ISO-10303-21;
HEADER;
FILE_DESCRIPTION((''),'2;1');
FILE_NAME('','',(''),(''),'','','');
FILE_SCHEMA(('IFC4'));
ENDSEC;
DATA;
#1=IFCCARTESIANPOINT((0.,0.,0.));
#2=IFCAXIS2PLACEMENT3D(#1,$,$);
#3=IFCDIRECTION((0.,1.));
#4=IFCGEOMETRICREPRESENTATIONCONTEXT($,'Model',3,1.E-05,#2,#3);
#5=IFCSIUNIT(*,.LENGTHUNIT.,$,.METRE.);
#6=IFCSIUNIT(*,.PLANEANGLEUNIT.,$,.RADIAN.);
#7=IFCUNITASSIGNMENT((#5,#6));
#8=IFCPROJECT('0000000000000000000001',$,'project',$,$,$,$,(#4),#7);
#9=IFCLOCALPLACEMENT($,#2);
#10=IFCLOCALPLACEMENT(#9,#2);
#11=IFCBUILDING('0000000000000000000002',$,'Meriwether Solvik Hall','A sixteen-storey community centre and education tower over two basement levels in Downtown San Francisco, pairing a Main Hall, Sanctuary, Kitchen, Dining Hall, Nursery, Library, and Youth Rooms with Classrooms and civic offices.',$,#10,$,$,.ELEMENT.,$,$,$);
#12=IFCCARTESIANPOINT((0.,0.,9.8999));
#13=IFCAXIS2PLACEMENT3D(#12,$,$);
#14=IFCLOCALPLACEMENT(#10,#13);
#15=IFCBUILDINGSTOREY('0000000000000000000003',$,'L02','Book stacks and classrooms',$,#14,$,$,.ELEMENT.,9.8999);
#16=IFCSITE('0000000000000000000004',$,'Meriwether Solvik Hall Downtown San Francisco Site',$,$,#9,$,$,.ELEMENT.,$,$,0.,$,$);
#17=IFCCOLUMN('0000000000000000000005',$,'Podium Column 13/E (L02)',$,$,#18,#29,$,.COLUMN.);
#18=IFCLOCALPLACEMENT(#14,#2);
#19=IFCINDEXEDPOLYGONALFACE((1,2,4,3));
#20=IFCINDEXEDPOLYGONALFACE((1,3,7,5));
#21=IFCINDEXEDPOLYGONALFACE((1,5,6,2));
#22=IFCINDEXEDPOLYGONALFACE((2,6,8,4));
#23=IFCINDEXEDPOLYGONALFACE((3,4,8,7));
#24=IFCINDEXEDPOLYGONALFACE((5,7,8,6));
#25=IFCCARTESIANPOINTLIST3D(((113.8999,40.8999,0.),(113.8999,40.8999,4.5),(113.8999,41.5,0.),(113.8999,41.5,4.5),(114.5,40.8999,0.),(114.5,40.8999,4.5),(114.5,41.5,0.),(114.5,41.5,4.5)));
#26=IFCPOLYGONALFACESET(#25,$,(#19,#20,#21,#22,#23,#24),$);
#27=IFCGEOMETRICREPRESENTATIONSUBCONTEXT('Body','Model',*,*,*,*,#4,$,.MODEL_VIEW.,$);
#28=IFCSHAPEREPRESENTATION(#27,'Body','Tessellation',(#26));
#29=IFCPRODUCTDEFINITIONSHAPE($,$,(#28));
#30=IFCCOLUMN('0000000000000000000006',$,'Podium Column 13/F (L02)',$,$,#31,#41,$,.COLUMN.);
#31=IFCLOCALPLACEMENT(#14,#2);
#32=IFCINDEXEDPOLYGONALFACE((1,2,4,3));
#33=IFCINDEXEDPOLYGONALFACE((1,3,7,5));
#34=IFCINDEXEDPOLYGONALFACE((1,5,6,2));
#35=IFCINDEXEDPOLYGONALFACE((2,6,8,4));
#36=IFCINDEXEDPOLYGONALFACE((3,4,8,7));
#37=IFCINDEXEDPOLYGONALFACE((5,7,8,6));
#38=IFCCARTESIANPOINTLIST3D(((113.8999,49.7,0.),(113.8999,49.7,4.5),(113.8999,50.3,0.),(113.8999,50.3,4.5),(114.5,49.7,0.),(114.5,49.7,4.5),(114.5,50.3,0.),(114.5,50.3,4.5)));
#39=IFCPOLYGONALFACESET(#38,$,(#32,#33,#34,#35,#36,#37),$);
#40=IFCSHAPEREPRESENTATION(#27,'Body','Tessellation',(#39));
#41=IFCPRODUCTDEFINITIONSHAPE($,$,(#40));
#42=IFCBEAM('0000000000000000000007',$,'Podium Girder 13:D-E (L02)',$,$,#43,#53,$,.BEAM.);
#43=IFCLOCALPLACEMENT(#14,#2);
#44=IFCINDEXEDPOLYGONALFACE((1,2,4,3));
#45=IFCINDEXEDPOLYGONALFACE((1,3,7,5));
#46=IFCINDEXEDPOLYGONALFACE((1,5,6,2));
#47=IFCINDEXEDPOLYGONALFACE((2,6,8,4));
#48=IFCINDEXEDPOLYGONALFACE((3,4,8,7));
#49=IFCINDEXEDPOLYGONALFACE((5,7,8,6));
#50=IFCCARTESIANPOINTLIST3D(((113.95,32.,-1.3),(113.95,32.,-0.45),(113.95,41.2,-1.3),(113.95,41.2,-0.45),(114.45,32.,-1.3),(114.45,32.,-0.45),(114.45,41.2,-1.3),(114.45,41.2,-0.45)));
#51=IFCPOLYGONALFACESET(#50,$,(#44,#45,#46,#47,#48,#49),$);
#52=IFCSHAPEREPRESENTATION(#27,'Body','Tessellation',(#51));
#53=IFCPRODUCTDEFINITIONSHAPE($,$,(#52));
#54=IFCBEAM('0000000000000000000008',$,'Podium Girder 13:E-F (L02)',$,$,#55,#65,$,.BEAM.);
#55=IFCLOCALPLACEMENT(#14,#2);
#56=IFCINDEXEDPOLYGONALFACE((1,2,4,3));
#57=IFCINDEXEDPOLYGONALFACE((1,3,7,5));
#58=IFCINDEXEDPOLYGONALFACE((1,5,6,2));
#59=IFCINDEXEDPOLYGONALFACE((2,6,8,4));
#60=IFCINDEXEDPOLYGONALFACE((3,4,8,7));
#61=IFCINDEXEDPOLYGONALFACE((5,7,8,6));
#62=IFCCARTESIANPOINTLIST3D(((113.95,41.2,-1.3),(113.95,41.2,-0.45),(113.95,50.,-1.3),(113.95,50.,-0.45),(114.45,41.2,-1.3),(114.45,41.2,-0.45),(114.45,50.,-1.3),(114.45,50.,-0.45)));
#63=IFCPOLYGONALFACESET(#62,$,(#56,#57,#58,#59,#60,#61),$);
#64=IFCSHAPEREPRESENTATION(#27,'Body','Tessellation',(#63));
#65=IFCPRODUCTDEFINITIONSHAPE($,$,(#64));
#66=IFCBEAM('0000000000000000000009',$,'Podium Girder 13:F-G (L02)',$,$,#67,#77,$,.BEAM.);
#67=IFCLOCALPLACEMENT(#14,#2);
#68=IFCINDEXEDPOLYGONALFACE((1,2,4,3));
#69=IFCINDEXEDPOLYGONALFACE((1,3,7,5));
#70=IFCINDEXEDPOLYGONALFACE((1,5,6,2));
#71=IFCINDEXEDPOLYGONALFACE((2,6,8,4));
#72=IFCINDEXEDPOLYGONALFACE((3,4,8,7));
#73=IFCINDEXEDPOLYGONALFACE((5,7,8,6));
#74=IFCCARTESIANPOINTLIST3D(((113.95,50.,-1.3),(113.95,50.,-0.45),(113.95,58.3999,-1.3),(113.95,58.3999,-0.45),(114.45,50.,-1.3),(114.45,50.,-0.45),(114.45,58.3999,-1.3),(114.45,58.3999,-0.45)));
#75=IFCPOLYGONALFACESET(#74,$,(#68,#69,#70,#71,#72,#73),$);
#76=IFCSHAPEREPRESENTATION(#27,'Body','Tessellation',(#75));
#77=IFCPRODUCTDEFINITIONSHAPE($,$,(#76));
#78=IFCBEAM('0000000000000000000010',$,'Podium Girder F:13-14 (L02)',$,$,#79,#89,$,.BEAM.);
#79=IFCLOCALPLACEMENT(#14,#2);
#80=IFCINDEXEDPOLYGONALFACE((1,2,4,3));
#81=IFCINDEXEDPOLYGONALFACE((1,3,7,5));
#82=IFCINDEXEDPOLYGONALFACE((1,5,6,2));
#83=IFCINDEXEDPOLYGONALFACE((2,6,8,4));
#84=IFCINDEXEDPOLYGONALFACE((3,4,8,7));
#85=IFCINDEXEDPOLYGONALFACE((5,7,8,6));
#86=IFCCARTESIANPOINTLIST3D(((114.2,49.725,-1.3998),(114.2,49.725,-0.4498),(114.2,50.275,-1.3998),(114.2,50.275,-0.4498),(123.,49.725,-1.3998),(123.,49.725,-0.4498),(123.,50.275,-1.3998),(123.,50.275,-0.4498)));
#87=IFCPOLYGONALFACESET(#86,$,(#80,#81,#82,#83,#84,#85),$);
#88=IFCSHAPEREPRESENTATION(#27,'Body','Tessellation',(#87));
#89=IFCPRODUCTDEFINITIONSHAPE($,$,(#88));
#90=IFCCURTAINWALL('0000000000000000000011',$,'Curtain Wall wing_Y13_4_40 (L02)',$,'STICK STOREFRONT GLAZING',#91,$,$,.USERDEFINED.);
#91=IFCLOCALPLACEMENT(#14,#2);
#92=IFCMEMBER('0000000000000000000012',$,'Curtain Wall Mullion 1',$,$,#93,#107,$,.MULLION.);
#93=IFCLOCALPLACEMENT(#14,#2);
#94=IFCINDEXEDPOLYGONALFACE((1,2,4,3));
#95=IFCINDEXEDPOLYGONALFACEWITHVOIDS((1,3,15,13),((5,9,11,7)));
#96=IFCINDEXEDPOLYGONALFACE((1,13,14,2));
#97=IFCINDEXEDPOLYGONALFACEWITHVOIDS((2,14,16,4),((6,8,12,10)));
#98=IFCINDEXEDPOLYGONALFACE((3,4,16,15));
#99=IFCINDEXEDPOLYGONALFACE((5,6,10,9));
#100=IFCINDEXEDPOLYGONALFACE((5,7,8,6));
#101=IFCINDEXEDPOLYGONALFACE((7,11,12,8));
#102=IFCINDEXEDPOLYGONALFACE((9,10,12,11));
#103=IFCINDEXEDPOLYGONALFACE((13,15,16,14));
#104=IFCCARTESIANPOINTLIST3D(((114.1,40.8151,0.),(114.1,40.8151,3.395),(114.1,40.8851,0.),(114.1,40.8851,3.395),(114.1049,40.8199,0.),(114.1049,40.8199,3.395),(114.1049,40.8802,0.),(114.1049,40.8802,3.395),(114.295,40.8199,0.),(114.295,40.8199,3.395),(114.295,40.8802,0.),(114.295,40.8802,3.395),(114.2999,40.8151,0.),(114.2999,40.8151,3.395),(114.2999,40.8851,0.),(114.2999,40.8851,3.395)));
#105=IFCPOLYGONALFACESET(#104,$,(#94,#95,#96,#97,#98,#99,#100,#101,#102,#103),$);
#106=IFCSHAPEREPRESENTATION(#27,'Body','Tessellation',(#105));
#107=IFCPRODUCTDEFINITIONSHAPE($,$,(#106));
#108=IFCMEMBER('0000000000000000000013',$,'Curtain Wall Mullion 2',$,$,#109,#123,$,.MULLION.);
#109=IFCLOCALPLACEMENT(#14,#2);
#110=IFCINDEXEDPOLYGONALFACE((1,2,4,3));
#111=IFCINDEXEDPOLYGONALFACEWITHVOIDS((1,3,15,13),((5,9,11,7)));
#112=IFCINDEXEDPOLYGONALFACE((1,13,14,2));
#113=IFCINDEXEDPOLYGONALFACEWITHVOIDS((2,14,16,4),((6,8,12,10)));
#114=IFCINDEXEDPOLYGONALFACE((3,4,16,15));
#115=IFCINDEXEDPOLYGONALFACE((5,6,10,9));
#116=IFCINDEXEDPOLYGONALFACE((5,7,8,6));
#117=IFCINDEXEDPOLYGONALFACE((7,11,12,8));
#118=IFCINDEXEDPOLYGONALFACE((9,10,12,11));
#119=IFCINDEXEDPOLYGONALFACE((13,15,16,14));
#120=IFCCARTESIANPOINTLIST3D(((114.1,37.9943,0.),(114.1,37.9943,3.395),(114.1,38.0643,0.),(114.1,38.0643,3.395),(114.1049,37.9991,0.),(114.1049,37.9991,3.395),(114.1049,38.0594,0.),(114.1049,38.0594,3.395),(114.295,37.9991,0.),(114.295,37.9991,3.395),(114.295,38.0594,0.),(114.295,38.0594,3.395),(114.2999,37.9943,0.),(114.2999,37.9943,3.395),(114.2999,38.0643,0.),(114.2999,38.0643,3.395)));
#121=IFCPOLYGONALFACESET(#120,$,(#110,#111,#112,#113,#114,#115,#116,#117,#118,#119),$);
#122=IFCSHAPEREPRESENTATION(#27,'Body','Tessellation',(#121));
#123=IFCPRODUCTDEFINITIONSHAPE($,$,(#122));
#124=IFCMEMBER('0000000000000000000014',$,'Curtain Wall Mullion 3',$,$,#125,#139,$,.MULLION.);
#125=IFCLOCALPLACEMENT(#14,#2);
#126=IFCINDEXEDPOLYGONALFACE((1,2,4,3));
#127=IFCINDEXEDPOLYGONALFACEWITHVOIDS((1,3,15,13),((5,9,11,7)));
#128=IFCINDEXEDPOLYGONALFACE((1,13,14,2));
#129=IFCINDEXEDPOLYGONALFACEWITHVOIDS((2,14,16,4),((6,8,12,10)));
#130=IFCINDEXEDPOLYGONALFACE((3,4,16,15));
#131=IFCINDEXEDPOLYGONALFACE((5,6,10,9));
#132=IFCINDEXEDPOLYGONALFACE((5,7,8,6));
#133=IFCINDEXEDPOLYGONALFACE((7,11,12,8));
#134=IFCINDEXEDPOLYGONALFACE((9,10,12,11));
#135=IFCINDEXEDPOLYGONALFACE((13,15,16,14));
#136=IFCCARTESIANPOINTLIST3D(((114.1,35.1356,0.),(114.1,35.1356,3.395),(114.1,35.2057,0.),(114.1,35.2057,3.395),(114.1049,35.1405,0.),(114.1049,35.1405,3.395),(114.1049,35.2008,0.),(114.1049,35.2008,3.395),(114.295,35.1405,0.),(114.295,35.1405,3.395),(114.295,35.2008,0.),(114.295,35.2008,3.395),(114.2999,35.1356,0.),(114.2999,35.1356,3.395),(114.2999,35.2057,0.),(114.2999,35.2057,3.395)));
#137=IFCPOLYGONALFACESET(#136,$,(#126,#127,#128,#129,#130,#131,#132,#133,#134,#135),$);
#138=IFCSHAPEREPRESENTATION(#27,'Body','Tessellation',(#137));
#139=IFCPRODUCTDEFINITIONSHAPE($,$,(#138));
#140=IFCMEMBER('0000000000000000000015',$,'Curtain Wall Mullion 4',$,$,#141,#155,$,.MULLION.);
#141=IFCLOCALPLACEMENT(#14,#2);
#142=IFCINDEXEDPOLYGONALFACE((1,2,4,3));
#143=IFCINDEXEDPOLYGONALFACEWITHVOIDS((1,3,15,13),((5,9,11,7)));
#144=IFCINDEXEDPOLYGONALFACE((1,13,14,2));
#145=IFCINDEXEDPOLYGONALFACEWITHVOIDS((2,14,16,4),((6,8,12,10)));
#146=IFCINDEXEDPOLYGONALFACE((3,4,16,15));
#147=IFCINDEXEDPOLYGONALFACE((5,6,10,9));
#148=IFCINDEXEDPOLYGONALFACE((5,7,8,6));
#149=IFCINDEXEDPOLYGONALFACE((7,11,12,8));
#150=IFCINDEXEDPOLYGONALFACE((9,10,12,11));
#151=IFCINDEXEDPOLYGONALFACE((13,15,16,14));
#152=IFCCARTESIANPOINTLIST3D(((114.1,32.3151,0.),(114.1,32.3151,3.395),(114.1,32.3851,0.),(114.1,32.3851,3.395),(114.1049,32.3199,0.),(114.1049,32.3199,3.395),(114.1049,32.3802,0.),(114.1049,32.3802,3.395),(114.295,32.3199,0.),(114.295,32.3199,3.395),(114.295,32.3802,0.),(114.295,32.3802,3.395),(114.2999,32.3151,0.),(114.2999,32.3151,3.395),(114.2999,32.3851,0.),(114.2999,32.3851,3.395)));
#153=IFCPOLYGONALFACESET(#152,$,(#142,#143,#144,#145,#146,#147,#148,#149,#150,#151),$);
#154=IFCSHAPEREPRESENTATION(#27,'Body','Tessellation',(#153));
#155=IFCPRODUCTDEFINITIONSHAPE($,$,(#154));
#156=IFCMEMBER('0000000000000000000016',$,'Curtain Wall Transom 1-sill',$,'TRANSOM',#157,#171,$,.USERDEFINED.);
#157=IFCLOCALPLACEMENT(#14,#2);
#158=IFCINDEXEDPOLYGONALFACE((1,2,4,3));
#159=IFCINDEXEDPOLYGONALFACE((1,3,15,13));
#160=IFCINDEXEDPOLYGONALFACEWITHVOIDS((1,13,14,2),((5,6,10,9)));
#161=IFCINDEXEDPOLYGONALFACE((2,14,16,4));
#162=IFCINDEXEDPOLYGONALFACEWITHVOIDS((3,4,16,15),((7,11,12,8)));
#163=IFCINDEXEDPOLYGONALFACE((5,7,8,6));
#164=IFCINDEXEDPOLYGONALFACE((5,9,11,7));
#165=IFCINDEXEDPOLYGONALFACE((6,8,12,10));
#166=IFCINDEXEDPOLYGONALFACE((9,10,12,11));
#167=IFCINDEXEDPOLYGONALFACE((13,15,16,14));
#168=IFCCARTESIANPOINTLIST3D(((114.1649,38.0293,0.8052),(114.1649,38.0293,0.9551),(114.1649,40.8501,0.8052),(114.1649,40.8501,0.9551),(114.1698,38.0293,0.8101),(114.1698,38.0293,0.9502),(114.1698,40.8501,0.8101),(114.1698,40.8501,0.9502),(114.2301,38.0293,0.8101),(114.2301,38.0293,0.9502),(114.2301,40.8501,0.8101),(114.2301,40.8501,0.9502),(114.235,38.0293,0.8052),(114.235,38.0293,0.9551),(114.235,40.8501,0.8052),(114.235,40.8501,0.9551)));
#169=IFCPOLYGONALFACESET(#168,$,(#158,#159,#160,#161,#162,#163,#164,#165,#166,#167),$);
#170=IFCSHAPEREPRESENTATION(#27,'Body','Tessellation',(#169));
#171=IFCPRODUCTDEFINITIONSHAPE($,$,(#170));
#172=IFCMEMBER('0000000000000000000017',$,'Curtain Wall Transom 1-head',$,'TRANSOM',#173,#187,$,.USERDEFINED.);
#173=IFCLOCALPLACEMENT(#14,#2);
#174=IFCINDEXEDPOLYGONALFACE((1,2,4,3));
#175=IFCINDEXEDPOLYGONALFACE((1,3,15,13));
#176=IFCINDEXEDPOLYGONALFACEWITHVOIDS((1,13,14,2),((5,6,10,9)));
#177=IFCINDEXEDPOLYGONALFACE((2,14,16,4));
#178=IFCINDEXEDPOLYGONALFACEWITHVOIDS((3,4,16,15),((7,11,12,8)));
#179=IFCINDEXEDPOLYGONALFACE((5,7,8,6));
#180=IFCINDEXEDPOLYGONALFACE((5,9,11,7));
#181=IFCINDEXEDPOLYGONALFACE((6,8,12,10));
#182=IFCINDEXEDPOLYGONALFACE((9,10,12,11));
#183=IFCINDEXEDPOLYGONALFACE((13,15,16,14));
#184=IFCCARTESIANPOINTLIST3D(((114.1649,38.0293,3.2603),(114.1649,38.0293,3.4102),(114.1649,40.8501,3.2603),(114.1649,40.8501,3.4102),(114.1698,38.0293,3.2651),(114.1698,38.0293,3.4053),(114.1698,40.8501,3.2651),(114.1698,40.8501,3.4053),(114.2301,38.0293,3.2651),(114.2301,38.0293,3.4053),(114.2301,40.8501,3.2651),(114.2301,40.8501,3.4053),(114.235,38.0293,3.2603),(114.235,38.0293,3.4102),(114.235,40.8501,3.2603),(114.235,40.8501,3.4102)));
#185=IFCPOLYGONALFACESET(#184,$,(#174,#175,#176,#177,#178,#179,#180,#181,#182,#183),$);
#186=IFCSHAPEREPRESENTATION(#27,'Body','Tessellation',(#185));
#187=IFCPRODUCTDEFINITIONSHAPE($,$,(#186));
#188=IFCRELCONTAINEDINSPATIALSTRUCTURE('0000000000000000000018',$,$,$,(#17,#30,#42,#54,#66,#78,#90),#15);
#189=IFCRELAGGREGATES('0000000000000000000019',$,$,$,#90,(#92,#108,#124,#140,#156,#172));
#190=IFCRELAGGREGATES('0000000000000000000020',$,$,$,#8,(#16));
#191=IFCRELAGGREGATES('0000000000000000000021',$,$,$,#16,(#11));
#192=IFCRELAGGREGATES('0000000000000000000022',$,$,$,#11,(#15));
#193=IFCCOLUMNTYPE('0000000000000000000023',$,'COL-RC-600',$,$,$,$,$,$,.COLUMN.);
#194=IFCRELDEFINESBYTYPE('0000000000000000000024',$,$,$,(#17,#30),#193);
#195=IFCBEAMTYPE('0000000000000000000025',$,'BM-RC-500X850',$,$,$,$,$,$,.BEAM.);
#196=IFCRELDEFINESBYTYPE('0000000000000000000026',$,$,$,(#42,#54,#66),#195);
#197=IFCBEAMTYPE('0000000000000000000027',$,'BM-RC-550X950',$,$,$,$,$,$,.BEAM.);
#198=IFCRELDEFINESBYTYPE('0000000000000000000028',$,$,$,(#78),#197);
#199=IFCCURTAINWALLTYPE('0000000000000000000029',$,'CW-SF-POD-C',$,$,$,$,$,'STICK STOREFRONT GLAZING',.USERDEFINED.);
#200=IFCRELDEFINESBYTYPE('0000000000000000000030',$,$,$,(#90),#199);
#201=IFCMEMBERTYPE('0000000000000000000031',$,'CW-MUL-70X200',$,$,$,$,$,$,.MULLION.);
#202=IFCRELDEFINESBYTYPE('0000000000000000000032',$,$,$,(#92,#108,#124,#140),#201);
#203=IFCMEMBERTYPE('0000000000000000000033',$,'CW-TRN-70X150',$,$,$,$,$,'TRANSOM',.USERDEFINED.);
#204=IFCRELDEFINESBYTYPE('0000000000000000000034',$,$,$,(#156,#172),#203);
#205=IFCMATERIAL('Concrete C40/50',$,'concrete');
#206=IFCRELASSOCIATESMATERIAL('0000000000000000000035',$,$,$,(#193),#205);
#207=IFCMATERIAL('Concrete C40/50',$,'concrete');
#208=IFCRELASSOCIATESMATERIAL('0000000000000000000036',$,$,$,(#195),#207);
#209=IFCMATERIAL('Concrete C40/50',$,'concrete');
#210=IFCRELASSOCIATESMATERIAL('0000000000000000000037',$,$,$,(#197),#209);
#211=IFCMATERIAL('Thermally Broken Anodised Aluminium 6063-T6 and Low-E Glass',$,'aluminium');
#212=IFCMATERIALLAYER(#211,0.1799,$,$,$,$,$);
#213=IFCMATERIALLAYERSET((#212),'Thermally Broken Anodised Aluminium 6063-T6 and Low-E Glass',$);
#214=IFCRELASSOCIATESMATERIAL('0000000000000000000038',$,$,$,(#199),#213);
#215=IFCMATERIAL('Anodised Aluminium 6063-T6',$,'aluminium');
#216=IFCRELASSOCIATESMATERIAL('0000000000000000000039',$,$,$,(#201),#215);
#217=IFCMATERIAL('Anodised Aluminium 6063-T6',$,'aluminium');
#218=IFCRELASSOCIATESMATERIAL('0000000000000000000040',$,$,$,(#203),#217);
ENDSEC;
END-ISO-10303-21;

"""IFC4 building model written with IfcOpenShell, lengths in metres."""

from ifc_helpers import new_model, si_unit, direction, frame, origin, origin_2d, place, context, subcontext, project, spatial, rectangle, hollow_rectangle, extrude, material, layer, layer_set, material_profile, profile_set, type_object, element, aggregate, save


model = new_model("IFC4")

# Units and contexts
model_context = context("Model", 3, precision=1e-05, world=origin(), true_north=direction((0.0, 1.0)))
body_context = subcontext(model_context, "Body", "Model", "MODEL_VIEW")
ifc_project = project(units=[si_unit("LENGTHUNIT", "METRE"), si_unit("PLANEANGLEUNIT", "RADIAN")], contexts=[model_context])

# Site, building, storey
site_placement = place(None, origin())
site = spatial("IfcSite", under=ifc_project, at=site_placement, Name="Meriwether Solvik Hall Downtown San Francisco Site", CompositionType="ELEMENT", RefElevation=0.0)
building_placement = place(site_placement, origin())
building = spatial("IfcBuilding", under=site, at=building_placement, Name="Meriwether Solvik Hall", Description="A sixteen-storey community centre and education tower over two basement levels in Downtown San Francisco, pairing a Main Hall, Sanctuary, Kitchen, Dining Hall, Nursery, Library, and Youth Rooms with Classrooms and civic offices.", CompositionType="ELEMENT")
storey_placement = place(building_placement, frame((0.0, 0.0, 9.8999)))
storey = spatial("IfcBuildingStorey", under=building, at=storey_placement, Name="L02", Description="Book stacks and classrooms", CompositionType="ELEMENT", Elevation=9.8999)

# Columns
ifc_material_1 = material(Name="Concrete C40/50", Category="concrete")
ifc_material_profile_1 = material_profile(ifc_material_1, rectangle(XDim=0.6001, YDim=0.6001, at=origin_2d()), Name="RCC-600X600")
ifc_profile_set_1 = profile_set([ifc_material_profile_1], Name="Concrete C40/50")
column_type = type_object("IfcColumnType", Name="COL-RC-600", PredefinedType="COLUMN", material=ifc_profile_set_1)
for number, where, z_axis, x_axis, name in (
    (1, (114.2, 41.2, 0.0), (0.0, 0.0, 1.0), (1.0, 0.0, 0.0), "Podium Column 13/E (L02)"),
    (2, (114.2, 50.0, 0.0), (0.0, 0.0, 1.0), (1.0, 0.0, 0.0), "Podium Column 13/F (L02)"),
):
    element("IfcColumn", number, at=place(storey_placement, frame(where, z_axis=z_axis, x_axis=x_axis)), inside=storey, type_object=column_type, Name=name, PredefinedType="COLUMN", context=body_context, shape_type="SweptSolid", body=[
        extrude(rectangle(XDim=0.6001, YDim=0.6001, at=origin_2d()), origin(), (0.0, 0.0, 1.0), 4.5),
    ])

# Beams
ifc_material_2 = material(Name="Concrete C40/50", Category="concrete")
ifc_material_profile_2 = material_profile(ifc_material_2, rectangle(XDim=0.5, YDim=0.8501, at=origin_2d()), Name="RCB-500X850")
ifc_profile_set_2 = profile_set([ifc_material_profile_2], Name="Concrete C40/50")
beam_type_1 = type_object("IfcBeamType", Name="BM-RC-500X850", PredefinedType="BEAM", material=ifc_profile_set_2)
beam_1_placement = place(storey_placement, frame((114.2, 32.0, -0.875), z_axis=(0.0, 1.0, 0.0), x_axis=(-1.0, 0.0, 0.0)))
element("IfcBeam", 3, at=beam_1_placement, inside=storey, type_object=beam_type_1, Name="Podium Girder 13:D-E (L02)", PredefinedType="BEAM", context=body_context, shape_type="SweptSolid", body=[
    extrude(rectangle(XDim=0.5, YDim=0.8501, at=origin_2d()), origin(), (0.0, 0.0, 1.0), 9.2),
])
beam_2_placement = place(storey_placement, frame((114.2, 41.2, -0.875), z_axis=(0.0, 1.0, 0.0), x_axis=(-1.0, 0.0, 0.0)))
element("IfcBeam", 4, at=beam_2_placement, inside=storey, type_object=beam_type_1, Name="Podium Girder 13:E-F (L02)", PredefinedType="BEAM", context=body_context, shape_type="SweptSolid", body=[
    extrude(rectangle(XDim=0.5, YDim=0.8501, at=origin_2d()), origin(), (0.0, 0.0, 1.0), 8.8),
])
beam_3_placement = place(storey_placement, frame((114.2, 50.0, -0.875), z_axis=(0.0, 1.0, 0.0), x_axis=(-1.0, 0.0, 0.0)))
element("IfcBeam", 5, at=beam_3_placement, inside=storey, type_object=beam_type_1, Name="Podium Girder 13:F-G (L02)", PredefinedType="BEAM", context=body_context, shape_type="SweptSolid", body=[
    extrude(rectangle(XDim=0.5, YDim=0.8501, at=origin_2d()), origin(), (0.0, 0.0, 1.0), 8.3999),
])
ifc_material_3 = material(Name="Concrete C40/50", Category="concrete")
ifc_material_profile_3 = material_profile(ifc_material_3, rectangle(XDim=0.55, YDim=0.95, at=origin_2d()), Name="RCB-550X950")
ifc_profile_set_3 = profile_set([ifc_material_profile_3], Name="Concrete C40/50")
beam_type_2 = type_object("IfcBeamType", Name="BM-RC-550X950", PredefinedType="BEAM", material=ifc_profile_set_3)
beam_4_placement = place(storey_placement, frame((114.2, 50.0, -0.9248), z_axis=(1.0, 0.0, 0.0), x_axis=(0.0, 1.0, 0.0)))
element("IfcBeam", 6, at=beam_4_placement, inside=storey, type_object=beam_type_2, Name="Podium Girder F:13-14 (L02)", PredefinedType="BEAM", context=body_context, shape_type="SweptSolid", body=[
    extrude(rectangle(XDim=0.55, YDim=0.95, at=origin_2d()), origin(), (0.0, 0.0, 1.0), 8.8),
])

# Curtain wall, members
ifc_material_4 = material(Name="Thermally Broken Anodised Aluminium 6063-T6 and Low-E Glass", Category="aluminium")
ifc_layer_1 = layer(ifc_material_4, 0.1799)
ifc_layer_set_1 = layer_set([ifc_layer_1], Name="Thermally Broken Anodised Aluminium 6063-T6 and Low-E Glass")
curtain_wall_type = type_object("IfcCurtainWallType", Name="CW-SF-POD-C", ElementType="STICK STOREFRONT GLAZING", PredefinedType="USERDEFINED", material=ifc_layer_set_1)
curtain_wall_placement = place(storey_placement, origin())
curtain_wall = element("IfcCurtainWall", 7, at=curtain_wall_placement, inside=storey, type_object=curtain_wall_type, Name="Curtain Wall wing_Y13_4_40 (L02)", ObjectType="STICK STOREFRONT GLAZING", PredefinedType="USERDEFINED")
ifc_material_5 = material(Name="Anodised Aluminium 6063-T6", Category="aluminium")
ifc_material_profile_4 = material_profile(ifc_material_5, hollow_rectangle(XDim=0.0701, YDim=0.2, WallThickness=0.0049, at=origin_2d()), Name="CWM-70X200")
ifc_profile_set_4 = profile_set([ifc_material_profile_4], Name="Anodised Aluminium 6063-T6")
member_type_1 = type_object("IfcMemberType", Name="CW-MUL-70X200", PredefinedType="MULLION", material=ifc_profile_set_4)
member_1_placement = place(storey_placement, frame((114.2, 40.8501, 0.0), z_axis=(0.0, 0.0, 1.0), x_axis=(0.0, -1.0, 0.0)))
member_1 = element("IfcMember", 8, at=member_1_placement, type_object=member_type_1, Name="Curtain Wall Mullion 1", PredefinedType="MULLION", context=body_context, shape_type="SweptSolid", body=[
    extrude(hollow_rectangle(XDim=0.0701, YDim=0.2, WallThickness=0.0049, at=origin_2d()), origin(), (0.0, 0.0, 1.0), 3.395),
])
member_2_placement = place(storey_placement, frame((114.2, 38.0293, 0.0), z_axis=(0.0, 0.0, 1.0), x_axis=(0.0, -1.0, 0.0)))
member_2 = element("IfcMember", 9, at=member_2_placement, type_object=member_type_1, Name="Curtain Wall Mullion 2", PredefinedType="MULLION", context=body_context, shape_type="SweptSolid", body=[
    extrude(hollow_rectangle(XDim=0.0701, YDim=0.2, WallThickness=0.0049, at=origin_2d()), origin(), (0.0, 0.0, 1.0), 3.395),
])
member_3_placement = place(storey_placement, frame((114.2, 35.1707, 0.0), z_axis=(0.0, 0.0, 1.0), x_axis=(0.0, -1.0, 0.0)))
member_3 = element("IfcMember", 10, at=member_3_placement, type_object=member_type_1, Name="Curtain Wall Mullion 3", PredefinedType="MULLION", context=body_context, shape_type="SweptSolid", body=[
    extrude(hollow_rectangle(XDim=0.0701, YDim=0.2, WallThickness=0.0049, at=origin_2d()), origin(), (0.0, 0.0, 1.0), 3.395),
])
member_4_placement = place(storey_placement, frame((114.2, 32.3501, 0.0), z_axis=(0.0, 0.0, 1.0), x_axis=(0.0, -1.0, 0.0)))
member_4 = element("IfcMember", 11, at=member_4_placement, type_object=member_type_1, Name="Curtain Wall Mullion 4", PredefinedType="MULLION", context=body_context, shape_type="SweptSolid", body=[
    extrude(hollow_rectangle(XDim=0.0701, YDim=0.2, WallThickness=0.0049, at=origin_2d()), origin(), (0.0, 0.0, 1.0), 3.395),
])
ifc_material_6 = material(Name="Anodised Aluminium 6063-T6", Category="aluminium")
ifc_material_profile_5 = material_profile(ifc_material_6, hollow_rectangle(XDim=0.0701, YDim=0.1499, WallThickness=0.0049, at=origin_2d()), Name="CWT-70X150")
ifc_profile_set_5 = profile_set([ifc_material_profile_5], Name="Anodised Aluminium 6063-T6")
member_type_2 = type_object("IfcMemberType", Name="CW-TRN-70X150", ElementType="TRANSOM", PredefinedType="USERDEFINED", material=ifc_profile_set_5)
member_5_placement = place(storey_placement, frame((114.2, 40.8501, 0.8801), z_axis=(0.0, -1.0, 0.0), x_axis=(1.0, 0.0, 0.0)))
member_5 = element("IfcMember", 12, at=member_5_placement, type_object=member_type_2, Name="Curtain Wall Transom 1-sill", ObjectType="TRANSOM", PredefinedType="USERDEFINED", context=body_context, shape_type="SweptSolid", body=[
    extrude(hollow_rectangle(XDim=0.0701, YDim=0.1499, WallThickness=0.0049, at=origin_2d()), origin(), (0.0, 0.0, 1.0), 2.8208),
])
member_6_placement = place(storey_placement, frame((114.2, 40.8501, 3.3352), z_axis=(0.0, -1.0, 0.0), x_axis=(1.0, 0.0, 0.0)))
member_6 = element("IfcMember", 13, at=member_6_placement, type_object=member_type_2, Name="Curtain Wall Transom 1-head", ObjectType="TRANSOM", PredefinedType="USERDEFINED", context=body_context, shape_type="SweptSolid", body=[
    extrude(hollow_rectangle(XDim=0.0701, YDim=0.1499, WallThickness=0.0049, at=origin_2d()), origin(), (0.0, 0.0, 1.0), 2.8208),
])
aggregate(curtain_wall, [member_1, member_2, member_3, member_4, member_5, member_6])

save(model, "model.ifc")
